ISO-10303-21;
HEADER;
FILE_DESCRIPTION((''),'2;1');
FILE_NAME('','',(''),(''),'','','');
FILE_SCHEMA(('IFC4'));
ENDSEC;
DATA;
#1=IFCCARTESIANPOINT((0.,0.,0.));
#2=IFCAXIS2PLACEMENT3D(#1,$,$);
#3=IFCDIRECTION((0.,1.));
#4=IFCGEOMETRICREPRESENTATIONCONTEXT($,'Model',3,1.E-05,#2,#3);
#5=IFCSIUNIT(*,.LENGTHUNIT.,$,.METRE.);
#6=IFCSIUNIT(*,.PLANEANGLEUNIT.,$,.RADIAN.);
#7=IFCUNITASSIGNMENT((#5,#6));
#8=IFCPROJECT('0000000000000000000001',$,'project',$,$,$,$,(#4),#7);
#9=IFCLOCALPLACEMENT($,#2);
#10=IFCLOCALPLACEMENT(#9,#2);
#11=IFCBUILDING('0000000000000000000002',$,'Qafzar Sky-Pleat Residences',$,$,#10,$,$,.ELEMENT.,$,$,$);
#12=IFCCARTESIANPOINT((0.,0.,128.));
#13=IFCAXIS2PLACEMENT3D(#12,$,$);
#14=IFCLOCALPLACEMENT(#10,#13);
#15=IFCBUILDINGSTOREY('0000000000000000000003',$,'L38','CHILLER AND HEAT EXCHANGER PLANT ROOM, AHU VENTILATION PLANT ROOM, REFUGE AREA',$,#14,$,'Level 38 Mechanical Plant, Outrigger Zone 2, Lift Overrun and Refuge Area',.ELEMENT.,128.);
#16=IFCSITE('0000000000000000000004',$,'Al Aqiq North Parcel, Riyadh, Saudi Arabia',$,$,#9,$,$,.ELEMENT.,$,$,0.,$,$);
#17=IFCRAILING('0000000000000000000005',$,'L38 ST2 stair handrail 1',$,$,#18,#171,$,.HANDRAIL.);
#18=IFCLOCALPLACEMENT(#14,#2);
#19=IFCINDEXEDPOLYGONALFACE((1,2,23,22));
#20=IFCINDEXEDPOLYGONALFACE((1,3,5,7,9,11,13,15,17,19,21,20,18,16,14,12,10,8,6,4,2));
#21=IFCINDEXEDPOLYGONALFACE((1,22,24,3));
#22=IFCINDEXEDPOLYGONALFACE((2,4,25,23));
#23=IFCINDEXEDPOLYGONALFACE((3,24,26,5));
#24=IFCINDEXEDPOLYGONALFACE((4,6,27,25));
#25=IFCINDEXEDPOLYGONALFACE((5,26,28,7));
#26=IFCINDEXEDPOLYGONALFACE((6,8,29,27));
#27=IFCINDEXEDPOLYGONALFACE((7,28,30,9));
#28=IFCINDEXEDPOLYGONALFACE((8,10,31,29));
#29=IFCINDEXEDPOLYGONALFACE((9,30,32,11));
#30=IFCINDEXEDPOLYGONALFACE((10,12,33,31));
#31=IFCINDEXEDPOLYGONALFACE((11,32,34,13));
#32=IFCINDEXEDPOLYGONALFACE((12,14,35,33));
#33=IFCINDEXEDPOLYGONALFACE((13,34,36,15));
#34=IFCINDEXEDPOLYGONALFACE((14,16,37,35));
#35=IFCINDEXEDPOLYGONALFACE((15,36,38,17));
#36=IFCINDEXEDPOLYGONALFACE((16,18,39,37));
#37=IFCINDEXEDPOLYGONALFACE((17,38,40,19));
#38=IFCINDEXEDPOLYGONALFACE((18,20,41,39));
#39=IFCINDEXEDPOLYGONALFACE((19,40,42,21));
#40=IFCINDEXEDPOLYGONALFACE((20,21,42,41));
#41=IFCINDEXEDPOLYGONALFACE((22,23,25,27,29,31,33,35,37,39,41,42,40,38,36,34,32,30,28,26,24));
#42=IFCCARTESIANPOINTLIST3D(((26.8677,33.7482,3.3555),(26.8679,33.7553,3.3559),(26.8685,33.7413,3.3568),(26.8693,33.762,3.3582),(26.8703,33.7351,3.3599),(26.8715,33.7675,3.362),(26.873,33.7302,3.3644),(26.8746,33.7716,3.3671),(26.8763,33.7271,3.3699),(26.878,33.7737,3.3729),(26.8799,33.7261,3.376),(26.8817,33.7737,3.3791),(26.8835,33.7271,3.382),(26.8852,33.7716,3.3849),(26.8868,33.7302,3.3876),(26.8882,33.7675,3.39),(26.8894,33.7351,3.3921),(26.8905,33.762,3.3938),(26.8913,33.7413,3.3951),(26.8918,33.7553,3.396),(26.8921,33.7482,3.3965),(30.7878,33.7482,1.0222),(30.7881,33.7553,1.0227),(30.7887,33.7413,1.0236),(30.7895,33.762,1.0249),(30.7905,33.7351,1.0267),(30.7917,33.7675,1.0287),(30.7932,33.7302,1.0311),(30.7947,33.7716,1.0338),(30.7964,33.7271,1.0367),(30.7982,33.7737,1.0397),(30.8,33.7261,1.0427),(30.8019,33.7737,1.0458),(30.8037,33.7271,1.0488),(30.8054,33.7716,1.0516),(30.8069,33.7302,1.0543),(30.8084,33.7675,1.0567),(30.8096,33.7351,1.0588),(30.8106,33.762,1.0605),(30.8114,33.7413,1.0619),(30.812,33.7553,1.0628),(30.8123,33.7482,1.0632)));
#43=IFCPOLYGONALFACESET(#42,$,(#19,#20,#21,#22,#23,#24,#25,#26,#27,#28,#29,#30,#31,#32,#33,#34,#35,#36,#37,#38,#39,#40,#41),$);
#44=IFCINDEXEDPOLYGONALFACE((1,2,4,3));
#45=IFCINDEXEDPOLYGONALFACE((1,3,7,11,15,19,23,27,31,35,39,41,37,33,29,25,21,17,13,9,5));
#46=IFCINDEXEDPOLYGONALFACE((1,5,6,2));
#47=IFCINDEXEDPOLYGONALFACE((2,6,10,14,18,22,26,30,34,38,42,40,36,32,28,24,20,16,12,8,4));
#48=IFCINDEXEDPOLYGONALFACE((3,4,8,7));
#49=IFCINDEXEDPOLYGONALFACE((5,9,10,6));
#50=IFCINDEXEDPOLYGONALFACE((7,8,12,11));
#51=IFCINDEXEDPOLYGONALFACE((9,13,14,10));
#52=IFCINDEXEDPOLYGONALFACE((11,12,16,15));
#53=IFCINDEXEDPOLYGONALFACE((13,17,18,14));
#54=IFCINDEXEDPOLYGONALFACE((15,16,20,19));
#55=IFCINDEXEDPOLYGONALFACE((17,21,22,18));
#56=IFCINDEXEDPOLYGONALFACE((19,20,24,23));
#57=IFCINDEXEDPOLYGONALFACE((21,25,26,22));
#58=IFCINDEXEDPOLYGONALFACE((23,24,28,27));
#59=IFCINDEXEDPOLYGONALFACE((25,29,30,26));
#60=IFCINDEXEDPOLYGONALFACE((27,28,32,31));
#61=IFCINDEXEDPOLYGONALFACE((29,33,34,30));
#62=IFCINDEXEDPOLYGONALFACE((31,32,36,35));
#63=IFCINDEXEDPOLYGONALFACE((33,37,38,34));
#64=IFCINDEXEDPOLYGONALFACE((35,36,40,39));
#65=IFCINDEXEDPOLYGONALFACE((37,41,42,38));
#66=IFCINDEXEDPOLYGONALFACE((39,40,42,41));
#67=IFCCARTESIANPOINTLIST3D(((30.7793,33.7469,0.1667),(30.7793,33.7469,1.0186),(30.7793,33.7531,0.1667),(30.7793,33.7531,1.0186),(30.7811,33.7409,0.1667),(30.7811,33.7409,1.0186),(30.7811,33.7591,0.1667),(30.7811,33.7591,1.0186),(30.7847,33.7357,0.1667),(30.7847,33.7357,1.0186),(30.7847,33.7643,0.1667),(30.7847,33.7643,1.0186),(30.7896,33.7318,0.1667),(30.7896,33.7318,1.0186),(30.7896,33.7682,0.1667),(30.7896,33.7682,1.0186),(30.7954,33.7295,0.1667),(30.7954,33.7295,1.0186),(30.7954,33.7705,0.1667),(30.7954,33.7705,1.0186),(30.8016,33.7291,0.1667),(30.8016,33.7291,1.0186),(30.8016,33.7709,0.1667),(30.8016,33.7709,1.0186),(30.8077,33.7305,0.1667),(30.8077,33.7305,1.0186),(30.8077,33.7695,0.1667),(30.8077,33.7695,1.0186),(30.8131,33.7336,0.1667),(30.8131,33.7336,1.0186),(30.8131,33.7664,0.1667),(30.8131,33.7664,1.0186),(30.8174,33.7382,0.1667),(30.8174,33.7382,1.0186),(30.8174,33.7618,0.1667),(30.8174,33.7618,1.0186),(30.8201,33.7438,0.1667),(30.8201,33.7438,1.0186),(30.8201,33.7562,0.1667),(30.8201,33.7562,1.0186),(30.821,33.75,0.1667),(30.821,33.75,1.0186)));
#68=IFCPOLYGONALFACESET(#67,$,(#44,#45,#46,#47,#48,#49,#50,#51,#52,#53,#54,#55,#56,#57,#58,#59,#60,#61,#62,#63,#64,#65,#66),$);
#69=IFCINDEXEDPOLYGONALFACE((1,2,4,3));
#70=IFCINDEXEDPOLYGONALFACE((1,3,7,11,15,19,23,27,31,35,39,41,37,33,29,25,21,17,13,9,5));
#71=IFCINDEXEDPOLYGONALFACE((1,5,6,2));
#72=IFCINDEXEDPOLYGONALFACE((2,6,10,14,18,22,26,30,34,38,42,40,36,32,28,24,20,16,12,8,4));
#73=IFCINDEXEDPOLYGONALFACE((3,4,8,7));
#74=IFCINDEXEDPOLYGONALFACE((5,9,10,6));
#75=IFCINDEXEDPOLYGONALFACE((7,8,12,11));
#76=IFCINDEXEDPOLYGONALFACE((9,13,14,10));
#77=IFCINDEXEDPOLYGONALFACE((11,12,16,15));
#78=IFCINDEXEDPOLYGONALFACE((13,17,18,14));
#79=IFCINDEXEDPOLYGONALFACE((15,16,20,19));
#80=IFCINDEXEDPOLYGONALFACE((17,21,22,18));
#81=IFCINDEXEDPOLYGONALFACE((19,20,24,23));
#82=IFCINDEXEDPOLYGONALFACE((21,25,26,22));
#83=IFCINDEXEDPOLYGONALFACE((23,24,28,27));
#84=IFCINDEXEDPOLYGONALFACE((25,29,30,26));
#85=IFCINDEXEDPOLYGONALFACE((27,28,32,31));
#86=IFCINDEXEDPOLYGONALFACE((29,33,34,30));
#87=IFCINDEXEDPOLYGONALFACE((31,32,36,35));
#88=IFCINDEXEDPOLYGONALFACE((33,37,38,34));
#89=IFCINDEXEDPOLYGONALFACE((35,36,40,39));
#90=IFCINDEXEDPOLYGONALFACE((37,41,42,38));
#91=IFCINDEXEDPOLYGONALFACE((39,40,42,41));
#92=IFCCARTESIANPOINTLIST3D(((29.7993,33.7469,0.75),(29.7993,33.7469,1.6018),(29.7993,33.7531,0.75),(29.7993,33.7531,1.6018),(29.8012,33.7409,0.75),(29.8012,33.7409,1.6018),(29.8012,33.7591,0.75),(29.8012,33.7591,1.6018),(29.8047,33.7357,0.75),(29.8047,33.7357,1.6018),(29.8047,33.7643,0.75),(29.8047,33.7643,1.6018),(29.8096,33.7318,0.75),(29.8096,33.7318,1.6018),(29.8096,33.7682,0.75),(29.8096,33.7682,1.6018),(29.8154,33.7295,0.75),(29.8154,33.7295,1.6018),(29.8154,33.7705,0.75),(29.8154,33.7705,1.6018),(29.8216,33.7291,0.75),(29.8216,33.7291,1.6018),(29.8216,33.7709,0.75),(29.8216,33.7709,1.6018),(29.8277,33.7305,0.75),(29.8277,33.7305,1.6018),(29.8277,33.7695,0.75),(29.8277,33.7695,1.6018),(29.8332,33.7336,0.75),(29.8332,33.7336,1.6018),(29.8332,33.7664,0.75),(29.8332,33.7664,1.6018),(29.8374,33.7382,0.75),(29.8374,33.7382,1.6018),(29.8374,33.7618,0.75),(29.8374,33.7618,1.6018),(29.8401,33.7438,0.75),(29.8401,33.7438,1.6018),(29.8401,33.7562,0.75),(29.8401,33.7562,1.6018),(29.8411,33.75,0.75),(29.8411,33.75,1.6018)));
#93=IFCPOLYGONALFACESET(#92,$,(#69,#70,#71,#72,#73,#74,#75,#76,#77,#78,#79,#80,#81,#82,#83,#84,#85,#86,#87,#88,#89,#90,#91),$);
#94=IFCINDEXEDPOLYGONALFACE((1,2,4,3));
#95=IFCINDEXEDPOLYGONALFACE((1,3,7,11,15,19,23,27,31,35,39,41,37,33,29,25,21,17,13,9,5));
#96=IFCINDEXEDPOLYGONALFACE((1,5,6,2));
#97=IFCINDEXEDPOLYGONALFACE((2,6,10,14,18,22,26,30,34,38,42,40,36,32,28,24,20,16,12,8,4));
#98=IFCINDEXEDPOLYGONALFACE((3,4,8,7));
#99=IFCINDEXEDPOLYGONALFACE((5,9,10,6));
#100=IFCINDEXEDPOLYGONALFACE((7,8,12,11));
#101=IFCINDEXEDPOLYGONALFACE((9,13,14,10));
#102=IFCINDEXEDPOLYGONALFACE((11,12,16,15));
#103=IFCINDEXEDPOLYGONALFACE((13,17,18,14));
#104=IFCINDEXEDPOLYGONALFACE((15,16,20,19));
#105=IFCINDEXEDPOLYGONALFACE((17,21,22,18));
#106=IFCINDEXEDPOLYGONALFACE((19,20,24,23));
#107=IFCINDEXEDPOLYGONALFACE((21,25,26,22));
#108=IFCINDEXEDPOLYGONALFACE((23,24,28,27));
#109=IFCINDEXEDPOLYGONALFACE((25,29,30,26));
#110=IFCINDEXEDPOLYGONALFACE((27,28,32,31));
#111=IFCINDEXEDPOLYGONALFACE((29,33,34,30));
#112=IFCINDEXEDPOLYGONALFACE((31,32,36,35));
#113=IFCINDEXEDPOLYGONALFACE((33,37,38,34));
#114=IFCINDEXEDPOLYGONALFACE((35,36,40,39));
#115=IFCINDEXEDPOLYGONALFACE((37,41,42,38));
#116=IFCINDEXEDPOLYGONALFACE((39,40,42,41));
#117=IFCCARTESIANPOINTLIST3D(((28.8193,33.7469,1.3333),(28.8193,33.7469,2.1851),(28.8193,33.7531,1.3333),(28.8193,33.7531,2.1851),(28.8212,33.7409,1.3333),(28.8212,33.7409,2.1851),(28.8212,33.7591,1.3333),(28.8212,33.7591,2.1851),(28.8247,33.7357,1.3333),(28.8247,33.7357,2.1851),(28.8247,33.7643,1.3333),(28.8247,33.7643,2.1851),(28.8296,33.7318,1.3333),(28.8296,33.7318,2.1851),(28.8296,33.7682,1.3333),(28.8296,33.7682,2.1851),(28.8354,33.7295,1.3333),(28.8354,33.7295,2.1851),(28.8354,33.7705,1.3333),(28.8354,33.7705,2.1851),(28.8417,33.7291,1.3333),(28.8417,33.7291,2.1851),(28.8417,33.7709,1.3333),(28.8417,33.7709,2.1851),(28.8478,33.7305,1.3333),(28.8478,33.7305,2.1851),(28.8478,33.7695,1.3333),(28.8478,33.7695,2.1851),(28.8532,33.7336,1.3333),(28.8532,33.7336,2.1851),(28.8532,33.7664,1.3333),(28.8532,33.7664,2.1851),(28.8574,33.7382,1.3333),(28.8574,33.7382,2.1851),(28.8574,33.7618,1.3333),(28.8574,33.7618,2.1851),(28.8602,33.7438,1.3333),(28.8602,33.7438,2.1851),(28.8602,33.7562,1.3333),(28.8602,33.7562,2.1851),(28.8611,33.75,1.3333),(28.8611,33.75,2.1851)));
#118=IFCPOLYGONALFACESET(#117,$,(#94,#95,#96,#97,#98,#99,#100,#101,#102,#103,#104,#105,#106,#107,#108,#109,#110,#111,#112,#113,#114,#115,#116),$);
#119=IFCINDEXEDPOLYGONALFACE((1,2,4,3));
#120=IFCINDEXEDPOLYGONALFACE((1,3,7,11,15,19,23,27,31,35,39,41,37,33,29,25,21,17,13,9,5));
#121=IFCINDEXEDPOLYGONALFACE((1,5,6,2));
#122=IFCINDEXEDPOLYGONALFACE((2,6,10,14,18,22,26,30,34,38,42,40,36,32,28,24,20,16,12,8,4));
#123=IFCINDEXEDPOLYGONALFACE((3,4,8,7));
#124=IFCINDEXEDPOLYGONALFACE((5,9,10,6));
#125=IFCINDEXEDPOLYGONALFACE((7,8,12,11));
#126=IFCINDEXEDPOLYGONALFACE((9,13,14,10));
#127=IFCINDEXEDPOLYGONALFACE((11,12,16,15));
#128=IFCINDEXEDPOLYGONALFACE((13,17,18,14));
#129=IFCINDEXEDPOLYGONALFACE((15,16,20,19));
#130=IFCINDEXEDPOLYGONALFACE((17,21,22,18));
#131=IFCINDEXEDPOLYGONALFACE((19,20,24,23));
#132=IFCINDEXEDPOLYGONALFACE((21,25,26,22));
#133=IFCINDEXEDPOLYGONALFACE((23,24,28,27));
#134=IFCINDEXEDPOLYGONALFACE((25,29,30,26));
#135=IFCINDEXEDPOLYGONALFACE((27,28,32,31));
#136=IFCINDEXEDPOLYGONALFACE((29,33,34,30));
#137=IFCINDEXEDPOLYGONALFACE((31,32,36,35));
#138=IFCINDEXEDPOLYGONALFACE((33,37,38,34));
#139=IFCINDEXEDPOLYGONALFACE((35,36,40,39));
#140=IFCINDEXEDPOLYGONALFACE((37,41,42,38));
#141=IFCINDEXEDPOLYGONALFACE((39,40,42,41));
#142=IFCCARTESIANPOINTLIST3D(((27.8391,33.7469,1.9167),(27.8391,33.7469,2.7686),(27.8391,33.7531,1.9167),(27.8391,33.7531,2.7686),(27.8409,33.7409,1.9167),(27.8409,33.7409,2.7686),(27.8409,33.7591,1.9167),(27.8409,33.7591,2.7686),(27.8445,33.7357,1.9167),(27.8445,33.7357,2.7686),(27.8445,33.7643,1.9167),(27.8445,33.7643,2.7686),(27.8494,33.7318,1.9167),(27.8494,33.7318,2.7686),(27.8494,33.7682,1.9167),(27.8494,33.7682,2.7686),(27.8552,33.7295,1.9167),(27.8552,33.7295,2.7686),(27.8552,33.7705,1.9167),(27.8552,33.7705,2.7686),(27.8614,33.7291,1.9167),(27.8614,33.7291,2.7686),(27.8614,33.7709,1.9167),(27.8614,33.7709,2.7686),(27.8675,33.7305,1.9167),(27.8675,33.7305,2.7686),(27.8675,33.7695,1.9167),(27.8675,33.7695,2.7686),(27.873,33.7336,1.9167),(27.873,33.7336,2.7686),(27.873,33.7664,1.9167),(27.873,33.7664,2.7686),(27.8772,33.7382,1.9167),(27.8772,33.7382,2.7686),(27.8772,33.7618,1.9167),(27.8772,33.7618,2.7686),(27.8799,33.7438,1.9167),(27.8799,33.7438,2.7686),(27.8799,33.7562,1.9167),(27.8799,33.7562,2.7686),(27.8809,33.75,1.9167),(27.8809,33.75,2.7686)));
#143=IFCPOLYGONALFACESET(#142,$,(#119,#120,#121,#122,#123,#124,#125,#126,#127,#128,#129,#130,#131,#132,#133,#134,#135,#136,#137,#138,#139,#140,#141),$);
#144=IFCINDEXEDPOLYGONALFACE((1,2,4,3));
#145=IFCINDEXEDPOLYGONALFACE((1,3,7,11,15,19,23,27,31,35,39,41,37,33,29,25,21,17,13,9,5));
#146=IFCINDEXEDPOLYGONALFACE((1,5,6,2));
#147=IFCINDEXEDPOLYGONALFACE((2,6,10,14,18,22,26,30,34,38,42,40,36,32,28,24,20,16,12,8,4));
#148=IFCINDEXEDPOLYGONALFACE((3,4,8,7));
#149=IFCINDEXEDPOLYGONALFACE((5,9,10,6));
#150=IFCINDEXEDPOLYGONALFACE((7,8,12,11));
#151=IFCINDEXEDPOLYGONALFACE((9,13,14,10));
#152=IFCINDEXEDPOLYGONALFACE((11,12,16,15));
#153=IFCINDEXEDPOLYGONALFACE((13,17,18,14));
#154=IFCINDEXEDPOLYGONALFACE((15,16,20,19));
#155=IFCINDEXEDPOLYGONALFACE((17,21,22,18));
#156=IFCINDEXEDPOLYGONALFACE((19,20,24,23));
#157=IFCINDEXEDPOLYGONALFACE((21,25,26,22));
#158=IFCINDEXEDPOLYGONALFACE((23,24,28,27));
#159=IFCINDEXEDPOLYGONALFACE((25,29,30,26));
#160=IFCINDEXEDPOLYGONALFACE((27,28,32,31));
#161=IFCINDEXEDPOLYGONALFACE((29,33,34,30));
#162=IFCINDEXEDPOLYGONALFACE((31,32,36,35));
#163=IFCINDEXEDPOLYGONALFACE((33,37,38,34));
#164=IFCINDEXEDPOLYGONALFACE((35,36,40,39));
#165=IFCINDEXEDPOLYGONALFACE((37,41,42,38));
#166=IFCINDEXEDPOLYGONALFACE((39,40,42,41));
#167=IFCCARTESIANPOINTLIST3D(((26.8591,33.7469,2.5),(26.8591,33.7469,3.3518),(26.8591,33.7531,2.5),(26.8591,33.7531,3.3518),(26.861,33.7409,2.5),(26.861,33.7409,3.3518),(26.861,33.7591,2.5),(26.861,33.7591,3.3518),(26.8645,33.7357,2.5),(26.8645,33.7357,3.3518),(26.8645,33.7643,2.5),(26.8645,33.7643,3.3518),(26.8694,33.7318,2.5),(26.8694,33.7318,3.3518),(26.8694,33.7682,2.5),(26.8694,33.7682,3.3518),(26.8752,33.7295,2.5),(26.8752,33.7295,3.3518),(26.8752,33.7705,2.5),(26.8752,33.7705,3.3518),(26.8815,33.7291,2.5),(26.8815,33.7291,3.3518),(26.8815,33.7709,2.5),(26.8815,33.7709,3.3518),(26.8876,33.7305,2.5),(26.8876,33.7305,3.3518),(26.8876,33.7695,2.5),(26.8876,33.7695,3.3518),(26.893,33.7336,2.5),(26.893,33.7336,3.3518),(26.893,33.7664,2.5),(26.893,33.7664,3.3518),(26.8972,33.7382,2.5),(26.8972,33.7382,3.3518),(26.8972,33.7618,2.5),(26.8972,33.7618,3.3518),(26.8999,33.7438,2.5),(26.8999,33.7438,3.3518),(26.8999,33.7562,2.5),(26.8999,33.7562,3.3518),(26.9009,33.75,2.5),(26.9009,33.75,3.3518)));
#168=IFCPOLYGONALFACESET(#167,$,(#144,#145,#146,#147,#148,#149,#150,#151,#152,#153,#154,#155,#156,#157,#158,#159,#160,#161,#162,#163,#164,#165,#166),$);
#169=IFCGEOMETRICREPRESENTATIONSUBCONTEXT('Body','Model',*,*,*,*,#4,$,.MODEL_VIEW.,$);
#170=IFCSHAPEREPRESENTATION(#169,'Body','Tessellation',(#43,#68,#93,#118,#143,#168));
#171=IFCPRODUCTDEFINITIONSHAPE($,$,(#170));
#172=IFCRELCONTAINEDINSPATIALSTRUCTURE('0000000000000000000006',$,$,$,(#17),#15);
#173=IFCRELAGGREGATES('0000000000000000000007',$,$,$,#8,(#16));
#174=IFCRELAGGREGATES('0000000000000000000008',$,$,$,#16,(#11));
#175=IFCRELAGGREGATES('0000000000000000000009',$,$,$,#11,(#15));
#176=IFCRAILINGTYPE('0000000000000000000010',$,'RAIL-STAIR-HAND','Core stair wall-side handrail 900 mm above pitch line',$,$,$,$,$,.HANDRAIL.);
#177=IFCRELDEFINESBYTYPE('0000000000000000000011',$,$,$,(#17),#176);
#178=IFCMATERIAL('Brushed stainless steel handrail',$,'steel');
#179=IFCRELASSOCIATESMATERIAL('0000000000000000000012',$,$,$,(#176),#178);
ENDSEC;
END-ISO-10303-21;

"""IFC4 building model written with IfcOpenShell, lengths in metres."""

from ifc_helpers import new_model, si_unit, direction, frame, origin, origin_2d, place, context, subcontext, project, spatial, circle, extrude, source, transform, mapped, material, type_object, element, save


model = new_model("IFC4")

# Units and contexts
model_context = context("Model", 3, precision=1e-05, world=origin(), true_north=direction((0.0, 1.0)))
body_context = subcontext(model_context, "Body", "Model", "MODEL_VIEW")
ifc_project = project(units=[si_unit("LENGTHUNIT", "METRE"), si_unit("PLANEANGLEUNIT", "RADIAN")], contexts=[model_context])

# Site, building, storey
site_placement = place(None, origin())
site = spatial("IfcSite", under=ifc_project, at=site_placement, Name="Al Aqiq North Parcel, Riyadh, Saudi Arabia", CompositionType="ELEMENT", RefElevation=0.0)
building_placement = place(site_placement, origin())
building = spatial("IfcBuilding", under=site, at=building_placement, Name="Qafzar Sky-Pleat Residences", CompositionType="ELEMENT")
storey_placement = place(building_placement, frame((0.0, 0.0, 128.0)))
storey = spatial("IfcBuildingStorey", under=building, at=storey_placement, Name="L38", Description="CHILLER AND HEAT EXCHANGER PLANT ROOM, AHU VENTILATION PLANT ROOM, REFUGE AREA", LongName="Level 38 Mechanical Plant, Outrigger Zone 2, Lift Overrun and Refuge Area", CompositionType="ELEMENT", Elevation=128.0)

# Railing
ifc_material_1 = material(Name="Brushed stainless steel handrail", Category="steel")
railing_type_1 = type_object("IfcRailingType", Name="RAIL-STAIR-HAND", Description="Core stair wall-side handrail 900 mm above pitch line", PredefinedType="HANDRAIL", material=ifc_material_1)
shared_shape_1 = source(origin(), body_context, "Body", "SweptSolid", [
    extrude(circle(Radius=0.0239, at=origin_2d()), frame((0.0, 0.0, 0.876), z_axis=(-0.85931, 0.0, 0.511455), x_axis=(0.0, -1.0, 0.0)), (0.0, 0.0, 1.0), 4.562),
    extrude(circle(Radius=0.021, at=origin_2d()), origin(), (0.0, 0.0, 1.0), 0.8518),
    extrude(circle(Radius=0.021, at=origin_2d()), frame((-0.98, 0.0, 0.5833)), (0.0, 0.0, 1.0), 0.8518),
    extrude(circle(Radius=0.021, at=origin_2d()), frame((-1.96, 0.0, 1.1665)), (0.0, 0.0, 1.0), 0.8518),
    extrude(circle(Radius=0.021, at=origin_2d()), frame((-2.9402, 0.0, 1.75)), (0.0, 0.0, 1.0), 0.8518),
    extrude(circle(Radius=0.021, at=origin_2d()), frame((-3.9202, 0.0, 2.3333)), (0.0, 0.0, 1.0), 0.8518),
])
railing_1_placement = place(storey_placement, frame((30.8, 33.75, 0.1667)))
element("IfcRailing", 1, at=railing_1_placement, inside=storey, type_object=railing_type_1, Name="L38 ST2 stair handrail 1", PredefinedType="HANDRAIL", context=body_context, shape_type="MappedRepresentation", body=[
    mapped(shared_shape_1, transform((0.0, 0.0, 0.0), x_axis=(1.0, 0.0, 0.0), y_axis=(0.0, 1.0, 0.0), z_axis=(0.0, 0.0, 1.0), scale=1.0)),
])

save(model, "model.ifc")
